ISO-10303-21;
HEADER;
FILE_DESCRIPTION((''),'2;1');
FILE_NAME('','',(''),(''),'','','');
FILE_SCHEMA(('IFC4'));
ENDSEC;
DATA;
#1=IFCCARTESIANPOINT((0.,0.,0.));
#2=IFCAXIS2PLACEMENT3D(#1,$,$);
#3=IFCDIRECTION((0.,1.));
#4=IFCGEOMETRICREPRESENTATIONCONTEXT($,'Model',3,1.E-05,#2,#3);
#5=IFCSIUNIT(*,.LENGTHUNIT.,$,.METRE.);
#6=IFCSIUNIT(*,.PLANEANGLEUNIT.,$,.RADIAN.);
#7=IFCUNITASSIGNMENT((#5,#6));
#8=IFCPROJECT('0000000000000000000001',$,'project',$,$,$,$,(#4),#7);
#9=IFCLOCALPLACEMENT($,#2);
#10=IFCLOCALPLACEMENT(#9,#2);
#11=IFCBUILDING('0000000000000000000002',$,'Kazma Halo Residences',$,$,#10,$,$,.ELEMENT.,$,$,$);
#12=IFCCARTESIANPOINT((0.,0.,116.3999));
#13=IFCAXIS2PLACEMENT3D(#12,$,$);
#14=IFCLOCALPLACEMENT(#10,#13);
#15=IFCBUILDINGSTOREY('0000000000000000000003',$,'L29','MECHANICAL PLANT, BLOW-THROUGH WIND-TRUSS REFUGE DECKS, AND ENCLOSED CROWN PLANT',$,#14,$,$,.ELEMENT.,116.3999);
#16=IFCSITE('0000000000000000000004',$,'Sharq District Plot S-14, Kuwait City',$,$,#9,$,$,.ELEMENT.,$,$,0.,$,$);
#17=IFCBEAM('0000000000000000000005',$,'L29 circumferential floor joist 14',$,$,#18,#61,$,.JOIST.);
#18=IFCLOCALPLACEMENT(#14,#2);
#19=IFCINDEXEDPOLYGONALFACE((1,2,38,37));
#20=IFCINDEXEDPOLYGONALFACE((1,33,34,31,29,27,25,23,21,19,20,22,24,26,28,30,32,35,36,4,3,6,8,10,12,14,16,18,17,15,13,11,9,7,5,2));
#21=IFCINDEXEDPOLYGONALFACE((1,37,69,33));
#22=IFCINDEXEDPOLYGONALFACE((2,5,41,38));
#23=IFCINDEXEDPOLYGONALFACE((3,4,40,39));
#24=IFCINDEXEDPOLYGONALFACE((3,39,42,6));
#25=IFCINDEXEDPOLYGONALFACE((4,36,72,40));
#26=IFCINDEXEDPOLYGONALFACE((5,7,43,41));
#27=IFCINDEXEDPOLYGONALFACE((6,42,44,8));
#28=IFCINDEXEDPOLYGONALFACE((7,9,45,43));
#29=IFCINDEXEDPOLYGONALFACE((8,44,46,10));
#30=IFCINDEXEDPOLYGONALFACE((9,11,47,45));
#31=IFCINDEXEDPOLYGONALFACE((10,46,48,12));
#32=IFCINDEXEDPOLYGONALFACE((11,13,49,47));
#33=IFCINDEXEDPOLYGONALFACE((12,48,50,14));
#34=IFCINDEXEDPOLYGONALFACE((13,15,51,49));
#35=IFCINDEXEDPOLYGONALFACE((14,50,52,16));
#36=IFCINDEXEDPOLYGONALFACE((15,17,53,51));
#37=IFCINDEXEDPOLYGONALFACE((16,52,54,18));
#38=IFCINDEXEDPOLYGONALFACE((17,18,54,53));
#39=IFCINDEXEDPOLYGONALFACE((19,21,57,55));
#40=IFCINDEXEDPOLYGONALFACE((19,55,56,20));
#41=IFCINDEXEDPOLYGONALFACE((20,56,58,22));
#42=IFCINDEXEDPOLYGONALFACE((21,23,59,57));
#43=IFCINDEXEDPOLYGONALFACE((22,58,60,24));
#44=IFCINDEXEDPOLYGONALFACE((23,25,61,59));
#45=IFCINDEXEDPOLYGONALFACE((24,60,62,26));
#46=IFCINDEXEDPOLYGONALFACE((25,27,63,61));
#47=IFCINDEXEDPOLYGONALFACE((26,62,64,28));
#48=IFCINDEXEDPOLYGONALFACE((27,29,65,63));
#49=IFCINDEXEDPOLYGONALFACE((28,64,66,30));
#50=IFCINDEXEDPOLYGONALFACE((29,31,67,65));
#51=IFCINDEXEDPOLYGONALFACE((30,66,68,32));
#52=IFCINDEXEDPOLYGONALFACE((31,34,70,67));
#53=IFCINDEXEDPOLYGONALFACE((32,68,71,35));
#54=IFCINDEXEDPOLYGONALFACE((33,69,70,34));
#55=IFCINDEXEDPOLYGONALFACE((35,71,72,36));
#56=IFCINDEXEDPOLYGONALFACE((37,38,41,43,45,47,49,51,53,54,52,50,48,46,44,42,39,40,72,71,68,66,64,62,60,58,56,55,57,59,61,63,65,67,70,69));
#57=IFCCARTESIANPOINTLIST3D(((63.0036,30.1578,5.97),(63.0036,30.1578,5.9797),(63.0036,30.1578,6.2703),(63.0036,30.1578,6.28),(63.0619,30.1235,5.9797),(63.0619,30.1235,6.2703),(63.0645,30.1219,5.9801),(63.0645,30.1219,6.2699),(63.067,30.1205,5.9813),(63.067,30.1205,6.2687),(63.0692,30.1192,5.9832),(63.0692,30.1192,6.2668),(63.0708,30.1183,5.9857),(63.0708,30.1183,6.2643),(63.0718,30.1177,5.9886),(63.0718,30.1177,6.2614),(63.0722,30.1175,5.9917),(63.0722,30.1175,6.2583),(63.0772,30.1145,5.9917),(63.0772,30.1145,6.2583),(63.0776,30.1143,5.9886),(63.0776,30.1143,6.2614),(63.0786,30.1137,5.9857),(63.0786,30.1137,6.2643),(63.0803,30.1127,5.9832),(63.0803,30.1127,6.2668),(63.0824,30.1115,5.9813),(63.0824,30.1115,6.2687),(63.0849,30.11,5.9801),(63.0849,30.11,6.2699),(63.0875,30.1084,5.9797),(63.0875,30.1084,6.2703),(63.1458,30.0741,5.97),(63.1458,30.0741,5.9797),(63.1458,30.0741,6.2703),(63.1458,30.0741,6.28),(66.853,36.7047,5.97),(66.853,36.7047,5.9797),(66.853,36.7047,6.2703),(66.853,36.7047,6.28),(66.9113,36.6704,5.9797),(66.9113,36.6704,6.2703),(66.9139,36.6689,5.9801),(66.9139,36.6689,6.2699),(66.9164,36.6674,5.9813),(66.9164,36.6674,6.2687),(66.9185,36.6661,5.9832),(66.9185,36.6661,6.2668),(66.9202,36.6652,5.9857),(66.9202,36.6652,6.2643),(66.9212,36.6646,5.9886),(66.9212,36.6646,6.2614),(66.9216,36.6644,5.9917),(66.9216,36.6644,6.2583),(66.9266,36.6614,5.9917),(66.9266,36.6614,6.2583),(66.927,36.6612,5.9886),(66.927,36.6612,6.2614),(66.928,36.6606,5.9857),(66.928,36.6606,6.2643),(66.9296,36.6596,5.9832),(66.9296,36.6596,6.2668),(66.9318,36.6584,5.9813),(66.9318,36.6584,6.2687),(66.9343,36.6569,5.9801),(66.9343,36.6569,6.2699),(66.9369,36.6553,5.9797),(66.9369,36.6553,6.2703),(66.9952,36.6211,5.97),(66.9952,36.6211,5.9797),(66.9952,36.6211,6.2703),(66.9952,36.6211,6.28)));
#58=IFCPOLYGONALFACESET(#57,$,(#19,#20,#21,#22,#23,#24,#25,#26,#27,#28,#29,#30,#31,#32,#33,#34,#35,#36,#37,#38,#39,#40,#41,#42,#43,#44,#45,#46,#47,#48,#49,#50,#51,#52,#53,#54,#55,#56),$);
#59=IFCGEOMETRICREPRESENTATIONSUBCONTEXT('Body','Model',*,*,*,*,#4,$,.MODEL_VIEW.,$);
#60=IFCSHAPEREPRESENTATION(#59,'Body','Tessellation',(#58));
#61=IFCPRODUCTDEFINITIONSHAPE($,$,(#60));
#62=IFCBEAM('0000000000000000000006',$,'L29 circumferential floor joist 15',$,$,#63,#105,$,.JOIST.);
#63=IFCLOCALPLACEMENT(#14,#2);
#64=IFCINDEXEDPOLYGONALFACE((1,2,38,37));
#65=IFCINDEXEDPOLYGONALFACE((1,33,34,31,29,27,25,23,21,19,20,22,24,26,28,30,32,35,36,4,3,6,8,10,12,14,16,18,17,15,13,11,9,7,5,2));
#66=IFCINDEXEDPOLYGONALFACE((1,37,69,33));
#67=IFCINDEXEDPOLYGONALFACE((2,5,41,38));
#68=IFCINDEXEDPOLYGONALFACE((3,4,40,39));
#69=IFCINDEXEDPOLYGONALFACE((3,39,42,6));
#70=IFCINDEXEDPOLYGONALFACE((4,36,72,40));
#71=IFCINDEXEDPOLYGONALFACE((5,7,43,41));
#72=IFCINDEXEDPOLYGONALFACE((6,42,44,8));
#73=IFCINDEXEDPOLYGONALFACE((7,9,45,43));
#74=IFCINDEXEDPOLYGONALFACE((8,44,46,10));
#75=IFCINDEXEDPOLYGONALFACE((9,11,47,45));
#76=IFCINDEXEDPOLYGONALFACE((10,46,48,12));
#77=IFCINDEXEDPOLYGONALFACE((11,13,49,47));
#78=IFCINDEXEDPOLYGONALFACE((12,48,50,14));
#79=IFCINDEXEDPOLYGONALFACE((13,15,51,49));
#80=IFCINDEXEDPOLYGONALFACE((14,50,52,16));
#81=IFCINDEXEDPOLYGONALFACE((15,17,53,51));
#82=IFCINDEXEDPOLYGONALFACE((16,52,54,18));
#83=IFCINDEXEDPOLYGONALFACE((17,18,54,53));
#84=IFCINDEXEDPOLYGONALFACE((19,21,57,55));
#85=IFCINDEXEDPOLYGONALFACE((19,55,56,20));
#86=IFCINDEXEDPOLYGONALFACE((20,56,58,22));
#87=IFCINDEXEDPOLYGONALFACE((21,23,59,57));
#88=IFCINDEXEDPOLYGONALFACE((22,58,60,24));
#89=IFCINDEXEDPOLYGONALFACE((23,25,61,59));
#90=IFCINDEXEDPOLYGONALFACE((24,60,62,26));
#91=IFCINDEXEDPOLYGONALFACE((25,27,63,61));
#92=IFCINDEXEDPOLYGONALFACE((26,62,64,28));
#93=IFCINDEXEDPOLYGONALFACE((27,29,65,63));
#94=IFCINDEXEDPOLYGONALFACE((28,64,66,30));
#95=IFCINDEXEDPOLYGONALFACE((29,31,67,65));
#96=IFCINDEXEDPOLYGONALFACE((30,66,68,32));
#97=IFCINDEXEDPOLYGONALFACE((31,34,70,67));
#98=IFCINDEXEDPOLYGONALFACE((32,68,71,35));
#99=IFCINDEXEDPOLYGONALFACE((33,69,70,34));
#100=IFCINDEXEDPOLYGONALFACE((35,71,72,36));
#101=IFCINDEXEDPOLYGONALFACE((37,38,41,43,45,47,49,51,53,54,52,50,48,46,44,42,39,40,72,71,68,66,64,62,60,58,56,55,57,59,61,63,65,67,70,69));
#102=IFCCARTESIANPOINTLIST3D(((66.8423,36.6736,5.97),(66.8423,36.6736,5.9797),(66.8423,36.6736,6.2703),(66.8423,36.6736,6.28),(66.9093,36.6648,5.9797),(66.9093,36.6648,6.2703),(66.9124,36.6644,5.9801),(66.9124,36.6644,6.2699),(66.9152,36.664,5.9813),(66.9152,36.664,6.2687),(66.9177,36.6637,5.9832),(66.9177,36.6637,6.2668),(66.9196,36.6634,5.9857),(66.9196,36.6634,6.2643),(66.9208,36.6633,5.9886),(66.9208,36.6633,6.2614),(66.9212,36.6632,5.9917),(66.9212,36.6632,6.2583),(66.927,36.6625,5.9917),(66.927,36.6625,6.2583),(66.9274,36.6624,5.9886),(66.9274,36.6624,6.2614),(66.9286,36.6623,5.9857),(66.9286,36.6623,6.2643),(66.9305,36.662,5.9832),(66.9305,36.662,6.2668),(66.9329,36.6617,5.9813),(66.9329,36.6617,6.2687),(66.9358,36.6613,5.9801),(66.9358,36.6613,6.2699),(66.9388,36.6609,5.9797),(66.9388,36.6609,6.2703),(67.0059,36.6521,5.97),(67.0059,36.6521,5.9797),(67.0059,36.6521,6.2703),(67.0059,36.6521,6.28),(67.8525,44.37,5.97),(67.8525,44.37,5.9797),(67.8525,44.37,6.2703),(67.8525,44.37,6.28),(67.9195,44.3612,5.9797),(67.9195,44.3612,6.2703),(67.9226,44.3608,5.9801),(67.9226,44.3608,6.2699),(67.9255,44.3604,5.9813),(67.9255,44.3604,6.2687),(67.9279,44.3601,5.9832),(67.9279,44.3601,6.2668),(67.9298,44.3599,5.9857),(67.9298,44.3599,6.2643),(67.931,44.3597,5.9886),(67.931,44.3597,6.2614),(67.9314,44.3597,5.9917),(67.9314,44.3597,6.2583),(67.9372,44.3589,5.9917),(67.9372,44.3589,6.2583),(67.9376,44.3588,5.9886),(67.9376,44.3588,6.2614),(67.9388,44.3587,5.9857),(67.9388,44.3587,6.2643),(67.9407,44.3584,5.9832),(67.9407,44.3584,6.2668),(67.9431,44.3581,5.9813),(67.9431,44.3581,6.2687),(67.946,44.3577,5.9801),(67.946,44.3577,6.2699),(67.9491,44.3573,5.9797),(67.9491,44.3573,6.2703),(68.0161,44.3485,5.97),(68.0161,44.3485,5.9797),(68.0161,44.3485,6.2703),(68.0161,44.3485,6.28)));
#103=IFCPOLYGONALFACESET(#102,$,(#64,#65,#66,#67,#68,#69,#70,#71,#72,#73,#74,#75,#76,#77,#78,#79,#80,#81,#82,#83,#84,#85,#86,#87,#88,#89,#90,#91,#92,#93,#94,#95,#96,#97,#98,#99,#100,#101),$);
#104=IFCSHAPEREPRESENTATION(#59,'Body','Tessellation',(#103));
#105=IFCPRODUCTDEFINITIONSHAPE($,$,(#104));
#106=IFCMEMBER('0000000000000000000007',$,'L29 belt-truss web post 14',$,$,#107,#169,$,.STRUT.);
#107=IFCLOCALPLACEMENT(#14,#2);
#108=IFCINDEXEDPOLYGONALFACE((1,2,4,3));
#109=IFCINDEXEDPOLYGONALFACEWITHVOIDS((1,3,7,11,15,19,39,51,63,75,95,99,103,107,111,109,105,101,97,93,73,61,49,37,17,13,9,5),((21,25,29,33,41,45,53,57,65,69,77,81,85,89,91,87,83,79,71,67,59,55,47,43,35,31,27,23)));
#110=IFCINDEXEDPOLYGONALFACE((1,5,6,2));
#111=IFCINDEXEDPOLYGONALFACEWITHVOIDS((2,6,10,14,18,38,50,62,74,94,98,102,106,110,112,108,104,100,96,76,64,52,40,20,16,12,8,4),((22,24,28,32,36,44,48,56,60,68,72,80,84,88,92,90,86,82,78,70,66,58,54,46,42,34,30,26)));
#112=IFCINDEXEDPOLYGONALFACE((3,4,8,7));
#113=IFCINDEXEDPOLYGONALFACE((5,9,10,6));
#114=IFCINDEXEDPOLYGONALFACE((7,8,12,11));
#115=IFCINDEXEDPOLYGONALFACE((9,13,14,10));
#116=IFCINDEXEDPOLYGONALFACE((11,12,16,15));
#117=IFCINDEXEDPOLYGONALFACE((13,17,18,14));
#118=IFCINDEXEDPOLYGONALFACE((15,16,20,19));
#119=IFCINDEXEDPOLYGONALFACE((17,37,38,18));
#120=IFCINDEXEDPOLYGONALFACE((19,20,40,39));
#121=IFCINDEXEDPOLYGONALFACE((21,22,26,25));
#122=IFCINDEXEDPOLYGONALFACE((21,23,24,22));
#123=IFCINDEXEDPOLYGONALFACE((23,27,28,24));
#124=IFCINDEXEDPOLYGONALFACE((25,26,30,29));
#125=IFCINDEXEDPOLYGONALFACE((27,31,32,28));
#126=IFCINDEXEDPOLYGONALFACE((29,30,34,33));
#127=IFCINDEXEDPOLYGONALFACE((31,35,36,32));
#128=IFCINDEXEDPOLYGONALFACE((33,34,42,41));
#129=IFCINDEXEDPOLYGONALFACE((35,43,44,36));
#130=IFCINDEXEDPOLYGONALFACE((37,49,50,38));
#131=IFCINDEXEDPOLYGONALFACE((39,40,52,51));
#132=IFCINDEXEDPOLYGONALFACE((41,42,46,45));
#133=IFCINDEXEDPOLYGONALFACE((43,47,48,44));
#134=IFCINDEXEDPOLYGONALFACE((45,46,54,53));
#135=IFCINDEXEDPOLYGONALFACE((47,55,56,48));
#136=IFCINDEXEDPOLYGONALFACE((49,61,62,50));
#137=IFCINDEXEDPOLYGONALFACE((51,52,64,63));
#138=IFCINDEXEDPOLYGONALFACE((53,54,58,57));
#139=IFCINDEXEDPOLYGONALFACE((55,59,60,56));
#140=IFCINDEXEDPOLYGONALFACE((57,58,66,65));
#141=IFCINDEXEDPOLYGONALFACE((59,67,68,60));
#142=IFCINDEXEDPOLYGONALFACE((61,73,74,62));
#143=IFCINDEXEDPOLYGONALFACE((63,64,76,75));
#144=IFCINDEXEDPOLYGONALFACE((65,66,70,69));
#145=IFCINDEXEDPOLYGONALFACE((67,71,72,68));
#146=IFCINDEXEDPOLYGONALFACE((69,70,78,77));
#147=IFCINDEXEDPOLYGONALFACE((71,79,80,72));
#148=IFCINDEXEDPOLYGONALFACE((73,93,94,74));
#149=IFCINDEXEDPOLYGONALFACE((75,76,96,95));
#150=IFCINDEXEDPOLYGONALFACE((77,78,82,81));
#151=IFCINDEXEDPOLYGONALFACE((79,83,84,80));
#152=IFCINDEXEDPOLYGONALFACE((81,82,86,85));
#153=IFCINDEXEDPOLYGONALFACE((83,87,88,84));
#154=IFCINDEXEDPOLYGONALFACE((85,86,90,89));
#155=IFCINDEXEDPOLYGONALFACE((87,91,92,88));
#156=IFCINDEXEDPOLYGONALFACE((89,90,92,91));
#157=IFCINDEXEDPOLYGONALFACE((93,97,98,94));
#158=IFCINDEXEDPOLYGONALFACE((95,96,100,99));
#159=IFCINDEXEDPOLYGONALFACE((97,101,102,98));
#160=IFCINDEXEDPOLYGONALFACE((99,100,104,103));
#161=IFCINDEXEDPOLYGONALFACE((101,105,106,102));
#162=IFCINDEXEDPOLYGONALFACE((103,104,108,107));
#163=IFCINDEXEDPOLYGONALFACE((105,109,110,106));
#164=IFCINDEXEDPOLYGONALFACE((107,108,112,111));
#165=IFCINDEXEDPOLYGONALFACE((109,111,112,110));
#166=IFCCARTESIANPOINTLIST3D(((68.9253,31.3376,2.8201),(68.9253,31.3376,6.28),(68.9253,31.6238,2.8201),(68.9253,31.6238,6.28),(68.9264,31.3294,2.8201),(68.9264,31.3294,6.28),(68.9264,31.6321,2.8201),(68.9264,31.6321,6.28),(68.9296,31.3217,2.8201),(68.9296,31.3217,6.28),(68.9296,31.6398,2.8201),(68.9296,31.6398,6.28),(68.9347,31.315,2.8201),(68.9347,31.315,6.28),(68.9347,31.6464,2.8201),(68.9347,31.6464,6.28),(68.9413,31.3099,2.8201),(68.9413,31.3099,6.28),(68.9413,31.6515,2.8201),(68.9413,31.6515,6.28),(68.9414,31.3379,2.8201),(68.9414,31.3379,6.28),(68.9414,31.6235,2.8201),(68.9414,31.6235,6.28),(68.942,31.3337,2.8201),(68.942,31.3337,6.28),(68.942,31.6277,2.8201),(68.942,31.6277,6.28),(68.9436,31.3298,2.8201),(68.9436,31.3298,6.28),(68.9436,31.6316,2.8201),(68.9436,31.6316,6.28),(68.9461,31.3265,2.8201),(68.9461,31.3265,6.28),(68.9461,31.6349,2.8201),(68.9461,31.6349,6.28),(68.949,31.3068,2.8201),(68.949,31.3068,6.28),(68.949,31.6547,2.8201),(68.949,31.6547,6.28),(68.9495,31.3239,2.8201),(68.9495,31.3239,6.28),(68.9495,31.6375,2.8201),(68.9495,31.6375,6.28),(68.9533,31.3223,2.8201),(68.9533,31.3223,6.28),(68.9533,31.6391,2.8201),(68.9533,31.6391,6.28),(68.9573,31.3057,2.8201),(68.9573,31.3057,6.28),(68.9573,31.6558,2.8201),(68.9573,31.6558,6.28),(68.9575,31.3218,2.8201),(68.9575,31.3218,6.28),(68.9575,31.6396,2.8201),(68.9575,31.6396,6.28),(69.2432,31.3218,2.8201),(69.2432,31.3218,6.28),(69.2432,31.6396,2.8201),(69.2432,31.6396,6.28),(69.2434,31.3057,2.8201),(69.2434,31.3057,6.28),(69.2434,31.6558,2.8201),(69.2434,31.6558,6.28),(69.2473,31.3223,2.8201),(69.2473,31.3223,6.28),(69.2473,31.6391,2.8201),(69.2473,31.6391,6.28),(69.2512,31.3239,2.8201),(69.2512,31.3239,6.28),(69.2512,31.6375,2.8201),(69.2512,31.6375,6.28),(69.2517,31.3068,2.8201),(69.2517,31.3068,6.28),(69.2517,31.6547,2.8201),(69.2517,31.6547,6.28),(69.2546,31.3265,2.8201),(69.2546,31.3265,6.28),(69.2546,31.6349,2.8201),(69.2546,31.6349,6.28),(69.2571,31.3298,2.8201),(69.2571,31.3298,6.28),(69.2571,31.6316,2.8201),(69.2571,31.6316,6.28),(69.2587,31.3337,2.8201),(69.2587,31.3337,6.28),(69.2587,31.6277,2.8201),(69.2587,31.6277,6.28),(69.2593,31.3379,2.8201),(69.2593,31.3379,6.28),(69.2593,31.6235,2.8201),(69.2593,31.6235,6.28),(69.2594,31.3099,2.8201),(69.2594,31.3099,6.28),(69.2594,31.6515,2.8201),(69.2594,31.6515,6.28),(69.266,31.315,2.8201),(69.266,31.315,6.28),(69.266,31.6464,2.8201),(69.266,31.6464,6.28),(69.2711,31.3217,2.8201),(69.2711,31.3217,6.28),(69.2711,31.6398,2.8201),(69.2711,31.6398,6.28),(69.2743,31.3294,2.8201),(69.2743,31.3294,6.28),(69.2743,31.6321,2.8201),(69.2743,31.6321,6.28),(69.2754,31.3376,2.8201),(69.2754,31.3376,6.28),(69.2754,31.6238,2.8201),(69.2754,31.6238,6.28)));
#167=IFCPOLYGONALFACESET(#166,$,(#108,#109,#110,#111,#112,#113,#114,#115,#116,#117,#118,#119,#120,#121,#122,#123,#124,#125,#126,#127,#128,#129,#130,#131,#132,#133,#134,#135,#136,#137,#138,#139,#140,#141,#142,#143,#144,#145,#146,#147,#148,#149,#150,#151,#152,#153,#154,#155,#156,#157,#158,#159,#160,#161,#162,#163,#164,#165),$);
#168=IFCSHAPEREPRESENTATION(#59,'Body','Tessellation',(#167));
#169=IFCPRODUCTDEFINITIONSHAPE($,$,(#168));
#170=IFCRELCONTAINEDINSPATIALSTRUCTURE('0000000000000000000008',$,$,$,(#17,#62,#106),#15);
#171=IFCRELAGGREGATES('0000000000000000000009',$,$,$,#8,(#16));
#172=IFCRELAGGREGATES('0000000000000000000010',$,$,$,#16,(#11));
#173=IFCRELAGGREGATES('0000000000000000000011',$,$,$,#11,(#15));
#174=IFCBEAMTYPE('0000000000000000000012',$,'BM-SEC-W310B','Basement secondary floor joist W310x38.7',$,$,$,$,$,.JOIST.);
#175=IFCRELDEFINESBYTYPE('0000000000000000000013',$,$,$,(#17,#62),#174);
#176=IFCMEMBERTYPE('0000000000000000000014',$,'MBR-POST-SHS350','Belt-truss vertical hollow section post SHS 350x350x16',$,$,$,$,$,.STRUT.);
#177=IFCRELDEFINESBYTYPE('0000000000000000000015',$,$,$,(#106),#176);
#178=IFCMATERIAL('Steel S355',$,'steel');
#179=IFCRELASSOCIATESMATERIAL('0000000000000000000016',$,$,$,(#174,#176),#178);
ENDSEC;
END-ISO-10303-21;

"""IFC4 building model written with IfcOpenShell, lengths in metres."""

from ifc_helpers import new_model, si_unit, direction, frame, origin, origin_2d, place, context, subcontext, project, spatial, hollow_rectangle, i_section, extrude, material, material_profile, profile_set, type_object, element, save


model = new_model("IFC4")

# Units and contexts
model_context = context("Model", 3, precision=1e-05, world=origin(), true_north=direction((0.0, 1.0)))
body_context = subcontext(model_context, "Body", "Model", "MODEL_VIEW")
ifc_project = project(units=[si_unit("LENGTHUNIT", "METRE"), si_unit("PLANEANGLEUNIT", "RADIAN")], contexts=[model_context])

# Site, building, storey
site_placement = place(None, origin())
site = spatial("IfcSite", under=ifc_project, at=site_placement, Name="Sharq District Plot S-14, Kuwait City", CompositionType="ELEMENT", RefElevation=0.0)
building_placement = place(site_placement, origin())
building = spatial("IfcBuilding", under=site, at=building_placement, Name="Kazma Halo Residences", CompositionType="ELEMENT")
storey_placement = place(building_placement, frame((0.0, 0.0, 116.3999)))
storey = spatial("IfcBuildingStorey", under=building, at=storey_placement, Name="L29", Description="MECHANICAL PLANT, BLOW-THROUGH WIND-TRUSS REFUGE DECKS, AND ENCLOSED CROWN PLANT", CompositionType="ELEMENT", Elevation=116.3999)

# Beams
ifc_material_1 = material(Name="Steel S355", Category="steel")
ifc_material_profile_1 = material_profile(ifc_material_1, i_section(OverallWidth=0.165, OverallDepth=0.3101, WebThickness=0.0059, FlangeThickness=0.0098, FilletRadius=0.012, at=origin_2d()), Name="W310x38.7")
ifc_profile_set_1 = profile_set([ifc_material_profile_1], Name="Steel S355")
beam_type_1 = type_object("IfcBeamType", Name="BM-SEC-W310B", Description="Basement secondary floor joist W310x38.7", PredefinedType="JOIST", material=ifc_profile_set_1)
beam_1_placement = place(storey_placement, frame((63.0747, 30.116, 6.125), z_axis=(0.50685, 0.862034, 0.0), x_axis=(-0.862034, 0.50685, 0.0)))
element("IfcBeam", 1, at=beam_1_placement, inside=storey, type_object=beam_type_1, Name="L29 circumferential floor joist 14", PredefinedType="JOIST", context=body_context, shape_type="SweptSolid", body=[
    extrude(i_section(OverallWidth=0.165, OverallDepth=0.3101, WebThickness=0.0059, FlangeThickness=0.0098, FilletRadius=0.012, at=origin_2d()), origin(), (0.0, 0.0, 1.0), 7.5947),
])
beam_2_placement = place(storey_placement, frame((66.9241, 36.6628, 6.125), z_axis=(0.130145, 0.991495, 0.0), x_axis=(-0.991495, 0.130145, 0.0)))
element("IfcBeam", 2, at=beam_2_placement, inside=storey, type_object=beam_type_1, Name="L29 circumferential floor joist 15", PredefinedType="JOIST", context=body_context, shape_type="SweptSolid", body=[
    extrude(i_section(OverallWidth=0.165, OverallDepth=0.3101, WebThickness=0.0059, FlangeThickness=0.0098, FilletRadius=0.012, at=origin_2d()), origin(), (0.0, 0.0, 1.0), 7.7625),
])

# Member
ifc_material_profile_2 = material_profile(ifc_material_1, hollow_rectangle(XDim=0.3501, YDim=0.3501, WallThickness=0.0161, InnerFilletRadius=0.0161, OuterFilletRadius=0.032, at=origin_2d()), Name="SHS350x350x16")
ifc_profile_set_2 = profile_set([ifc_material_profile_2], Name="Steel S355")
member_type_1 = type_object("IfcMemberType", Name="MBR-POST-SHS350", Description="Belt-truss vertical hollow section post SHS 350x350x16", PredefinedType="STRUT", material=ifc_profile_set_2)
for number, where, z_axis, x_axis, name in (
    (3, (69.1003, 31.4807, 2.8201), (0.0, 0.0, 1.0), (1.0, 0.0, 0.0), "L29 belt-truss web post 14"),
):
    element("IfcMember", number, at=place(storey_placement, frame(where, z_axis=z_axis, x_axis=x_axis)), inside=storey, type_object=member_type_1, Name=name, PredefinedType="STRUT", context=body_context, shape_type="SweptSolid", body=[
        extrude(hollow_rectangle(XDim=0.3501, YDim=0.3501, WallThickness=0.0161, InnerFilletRadius=0.0161, OuterFilletRadius=0.032, at=origin_2d()), origin(), (0.0, 0.0, 1.0), 3.46),
    ])

save(model, "model.ifc")
